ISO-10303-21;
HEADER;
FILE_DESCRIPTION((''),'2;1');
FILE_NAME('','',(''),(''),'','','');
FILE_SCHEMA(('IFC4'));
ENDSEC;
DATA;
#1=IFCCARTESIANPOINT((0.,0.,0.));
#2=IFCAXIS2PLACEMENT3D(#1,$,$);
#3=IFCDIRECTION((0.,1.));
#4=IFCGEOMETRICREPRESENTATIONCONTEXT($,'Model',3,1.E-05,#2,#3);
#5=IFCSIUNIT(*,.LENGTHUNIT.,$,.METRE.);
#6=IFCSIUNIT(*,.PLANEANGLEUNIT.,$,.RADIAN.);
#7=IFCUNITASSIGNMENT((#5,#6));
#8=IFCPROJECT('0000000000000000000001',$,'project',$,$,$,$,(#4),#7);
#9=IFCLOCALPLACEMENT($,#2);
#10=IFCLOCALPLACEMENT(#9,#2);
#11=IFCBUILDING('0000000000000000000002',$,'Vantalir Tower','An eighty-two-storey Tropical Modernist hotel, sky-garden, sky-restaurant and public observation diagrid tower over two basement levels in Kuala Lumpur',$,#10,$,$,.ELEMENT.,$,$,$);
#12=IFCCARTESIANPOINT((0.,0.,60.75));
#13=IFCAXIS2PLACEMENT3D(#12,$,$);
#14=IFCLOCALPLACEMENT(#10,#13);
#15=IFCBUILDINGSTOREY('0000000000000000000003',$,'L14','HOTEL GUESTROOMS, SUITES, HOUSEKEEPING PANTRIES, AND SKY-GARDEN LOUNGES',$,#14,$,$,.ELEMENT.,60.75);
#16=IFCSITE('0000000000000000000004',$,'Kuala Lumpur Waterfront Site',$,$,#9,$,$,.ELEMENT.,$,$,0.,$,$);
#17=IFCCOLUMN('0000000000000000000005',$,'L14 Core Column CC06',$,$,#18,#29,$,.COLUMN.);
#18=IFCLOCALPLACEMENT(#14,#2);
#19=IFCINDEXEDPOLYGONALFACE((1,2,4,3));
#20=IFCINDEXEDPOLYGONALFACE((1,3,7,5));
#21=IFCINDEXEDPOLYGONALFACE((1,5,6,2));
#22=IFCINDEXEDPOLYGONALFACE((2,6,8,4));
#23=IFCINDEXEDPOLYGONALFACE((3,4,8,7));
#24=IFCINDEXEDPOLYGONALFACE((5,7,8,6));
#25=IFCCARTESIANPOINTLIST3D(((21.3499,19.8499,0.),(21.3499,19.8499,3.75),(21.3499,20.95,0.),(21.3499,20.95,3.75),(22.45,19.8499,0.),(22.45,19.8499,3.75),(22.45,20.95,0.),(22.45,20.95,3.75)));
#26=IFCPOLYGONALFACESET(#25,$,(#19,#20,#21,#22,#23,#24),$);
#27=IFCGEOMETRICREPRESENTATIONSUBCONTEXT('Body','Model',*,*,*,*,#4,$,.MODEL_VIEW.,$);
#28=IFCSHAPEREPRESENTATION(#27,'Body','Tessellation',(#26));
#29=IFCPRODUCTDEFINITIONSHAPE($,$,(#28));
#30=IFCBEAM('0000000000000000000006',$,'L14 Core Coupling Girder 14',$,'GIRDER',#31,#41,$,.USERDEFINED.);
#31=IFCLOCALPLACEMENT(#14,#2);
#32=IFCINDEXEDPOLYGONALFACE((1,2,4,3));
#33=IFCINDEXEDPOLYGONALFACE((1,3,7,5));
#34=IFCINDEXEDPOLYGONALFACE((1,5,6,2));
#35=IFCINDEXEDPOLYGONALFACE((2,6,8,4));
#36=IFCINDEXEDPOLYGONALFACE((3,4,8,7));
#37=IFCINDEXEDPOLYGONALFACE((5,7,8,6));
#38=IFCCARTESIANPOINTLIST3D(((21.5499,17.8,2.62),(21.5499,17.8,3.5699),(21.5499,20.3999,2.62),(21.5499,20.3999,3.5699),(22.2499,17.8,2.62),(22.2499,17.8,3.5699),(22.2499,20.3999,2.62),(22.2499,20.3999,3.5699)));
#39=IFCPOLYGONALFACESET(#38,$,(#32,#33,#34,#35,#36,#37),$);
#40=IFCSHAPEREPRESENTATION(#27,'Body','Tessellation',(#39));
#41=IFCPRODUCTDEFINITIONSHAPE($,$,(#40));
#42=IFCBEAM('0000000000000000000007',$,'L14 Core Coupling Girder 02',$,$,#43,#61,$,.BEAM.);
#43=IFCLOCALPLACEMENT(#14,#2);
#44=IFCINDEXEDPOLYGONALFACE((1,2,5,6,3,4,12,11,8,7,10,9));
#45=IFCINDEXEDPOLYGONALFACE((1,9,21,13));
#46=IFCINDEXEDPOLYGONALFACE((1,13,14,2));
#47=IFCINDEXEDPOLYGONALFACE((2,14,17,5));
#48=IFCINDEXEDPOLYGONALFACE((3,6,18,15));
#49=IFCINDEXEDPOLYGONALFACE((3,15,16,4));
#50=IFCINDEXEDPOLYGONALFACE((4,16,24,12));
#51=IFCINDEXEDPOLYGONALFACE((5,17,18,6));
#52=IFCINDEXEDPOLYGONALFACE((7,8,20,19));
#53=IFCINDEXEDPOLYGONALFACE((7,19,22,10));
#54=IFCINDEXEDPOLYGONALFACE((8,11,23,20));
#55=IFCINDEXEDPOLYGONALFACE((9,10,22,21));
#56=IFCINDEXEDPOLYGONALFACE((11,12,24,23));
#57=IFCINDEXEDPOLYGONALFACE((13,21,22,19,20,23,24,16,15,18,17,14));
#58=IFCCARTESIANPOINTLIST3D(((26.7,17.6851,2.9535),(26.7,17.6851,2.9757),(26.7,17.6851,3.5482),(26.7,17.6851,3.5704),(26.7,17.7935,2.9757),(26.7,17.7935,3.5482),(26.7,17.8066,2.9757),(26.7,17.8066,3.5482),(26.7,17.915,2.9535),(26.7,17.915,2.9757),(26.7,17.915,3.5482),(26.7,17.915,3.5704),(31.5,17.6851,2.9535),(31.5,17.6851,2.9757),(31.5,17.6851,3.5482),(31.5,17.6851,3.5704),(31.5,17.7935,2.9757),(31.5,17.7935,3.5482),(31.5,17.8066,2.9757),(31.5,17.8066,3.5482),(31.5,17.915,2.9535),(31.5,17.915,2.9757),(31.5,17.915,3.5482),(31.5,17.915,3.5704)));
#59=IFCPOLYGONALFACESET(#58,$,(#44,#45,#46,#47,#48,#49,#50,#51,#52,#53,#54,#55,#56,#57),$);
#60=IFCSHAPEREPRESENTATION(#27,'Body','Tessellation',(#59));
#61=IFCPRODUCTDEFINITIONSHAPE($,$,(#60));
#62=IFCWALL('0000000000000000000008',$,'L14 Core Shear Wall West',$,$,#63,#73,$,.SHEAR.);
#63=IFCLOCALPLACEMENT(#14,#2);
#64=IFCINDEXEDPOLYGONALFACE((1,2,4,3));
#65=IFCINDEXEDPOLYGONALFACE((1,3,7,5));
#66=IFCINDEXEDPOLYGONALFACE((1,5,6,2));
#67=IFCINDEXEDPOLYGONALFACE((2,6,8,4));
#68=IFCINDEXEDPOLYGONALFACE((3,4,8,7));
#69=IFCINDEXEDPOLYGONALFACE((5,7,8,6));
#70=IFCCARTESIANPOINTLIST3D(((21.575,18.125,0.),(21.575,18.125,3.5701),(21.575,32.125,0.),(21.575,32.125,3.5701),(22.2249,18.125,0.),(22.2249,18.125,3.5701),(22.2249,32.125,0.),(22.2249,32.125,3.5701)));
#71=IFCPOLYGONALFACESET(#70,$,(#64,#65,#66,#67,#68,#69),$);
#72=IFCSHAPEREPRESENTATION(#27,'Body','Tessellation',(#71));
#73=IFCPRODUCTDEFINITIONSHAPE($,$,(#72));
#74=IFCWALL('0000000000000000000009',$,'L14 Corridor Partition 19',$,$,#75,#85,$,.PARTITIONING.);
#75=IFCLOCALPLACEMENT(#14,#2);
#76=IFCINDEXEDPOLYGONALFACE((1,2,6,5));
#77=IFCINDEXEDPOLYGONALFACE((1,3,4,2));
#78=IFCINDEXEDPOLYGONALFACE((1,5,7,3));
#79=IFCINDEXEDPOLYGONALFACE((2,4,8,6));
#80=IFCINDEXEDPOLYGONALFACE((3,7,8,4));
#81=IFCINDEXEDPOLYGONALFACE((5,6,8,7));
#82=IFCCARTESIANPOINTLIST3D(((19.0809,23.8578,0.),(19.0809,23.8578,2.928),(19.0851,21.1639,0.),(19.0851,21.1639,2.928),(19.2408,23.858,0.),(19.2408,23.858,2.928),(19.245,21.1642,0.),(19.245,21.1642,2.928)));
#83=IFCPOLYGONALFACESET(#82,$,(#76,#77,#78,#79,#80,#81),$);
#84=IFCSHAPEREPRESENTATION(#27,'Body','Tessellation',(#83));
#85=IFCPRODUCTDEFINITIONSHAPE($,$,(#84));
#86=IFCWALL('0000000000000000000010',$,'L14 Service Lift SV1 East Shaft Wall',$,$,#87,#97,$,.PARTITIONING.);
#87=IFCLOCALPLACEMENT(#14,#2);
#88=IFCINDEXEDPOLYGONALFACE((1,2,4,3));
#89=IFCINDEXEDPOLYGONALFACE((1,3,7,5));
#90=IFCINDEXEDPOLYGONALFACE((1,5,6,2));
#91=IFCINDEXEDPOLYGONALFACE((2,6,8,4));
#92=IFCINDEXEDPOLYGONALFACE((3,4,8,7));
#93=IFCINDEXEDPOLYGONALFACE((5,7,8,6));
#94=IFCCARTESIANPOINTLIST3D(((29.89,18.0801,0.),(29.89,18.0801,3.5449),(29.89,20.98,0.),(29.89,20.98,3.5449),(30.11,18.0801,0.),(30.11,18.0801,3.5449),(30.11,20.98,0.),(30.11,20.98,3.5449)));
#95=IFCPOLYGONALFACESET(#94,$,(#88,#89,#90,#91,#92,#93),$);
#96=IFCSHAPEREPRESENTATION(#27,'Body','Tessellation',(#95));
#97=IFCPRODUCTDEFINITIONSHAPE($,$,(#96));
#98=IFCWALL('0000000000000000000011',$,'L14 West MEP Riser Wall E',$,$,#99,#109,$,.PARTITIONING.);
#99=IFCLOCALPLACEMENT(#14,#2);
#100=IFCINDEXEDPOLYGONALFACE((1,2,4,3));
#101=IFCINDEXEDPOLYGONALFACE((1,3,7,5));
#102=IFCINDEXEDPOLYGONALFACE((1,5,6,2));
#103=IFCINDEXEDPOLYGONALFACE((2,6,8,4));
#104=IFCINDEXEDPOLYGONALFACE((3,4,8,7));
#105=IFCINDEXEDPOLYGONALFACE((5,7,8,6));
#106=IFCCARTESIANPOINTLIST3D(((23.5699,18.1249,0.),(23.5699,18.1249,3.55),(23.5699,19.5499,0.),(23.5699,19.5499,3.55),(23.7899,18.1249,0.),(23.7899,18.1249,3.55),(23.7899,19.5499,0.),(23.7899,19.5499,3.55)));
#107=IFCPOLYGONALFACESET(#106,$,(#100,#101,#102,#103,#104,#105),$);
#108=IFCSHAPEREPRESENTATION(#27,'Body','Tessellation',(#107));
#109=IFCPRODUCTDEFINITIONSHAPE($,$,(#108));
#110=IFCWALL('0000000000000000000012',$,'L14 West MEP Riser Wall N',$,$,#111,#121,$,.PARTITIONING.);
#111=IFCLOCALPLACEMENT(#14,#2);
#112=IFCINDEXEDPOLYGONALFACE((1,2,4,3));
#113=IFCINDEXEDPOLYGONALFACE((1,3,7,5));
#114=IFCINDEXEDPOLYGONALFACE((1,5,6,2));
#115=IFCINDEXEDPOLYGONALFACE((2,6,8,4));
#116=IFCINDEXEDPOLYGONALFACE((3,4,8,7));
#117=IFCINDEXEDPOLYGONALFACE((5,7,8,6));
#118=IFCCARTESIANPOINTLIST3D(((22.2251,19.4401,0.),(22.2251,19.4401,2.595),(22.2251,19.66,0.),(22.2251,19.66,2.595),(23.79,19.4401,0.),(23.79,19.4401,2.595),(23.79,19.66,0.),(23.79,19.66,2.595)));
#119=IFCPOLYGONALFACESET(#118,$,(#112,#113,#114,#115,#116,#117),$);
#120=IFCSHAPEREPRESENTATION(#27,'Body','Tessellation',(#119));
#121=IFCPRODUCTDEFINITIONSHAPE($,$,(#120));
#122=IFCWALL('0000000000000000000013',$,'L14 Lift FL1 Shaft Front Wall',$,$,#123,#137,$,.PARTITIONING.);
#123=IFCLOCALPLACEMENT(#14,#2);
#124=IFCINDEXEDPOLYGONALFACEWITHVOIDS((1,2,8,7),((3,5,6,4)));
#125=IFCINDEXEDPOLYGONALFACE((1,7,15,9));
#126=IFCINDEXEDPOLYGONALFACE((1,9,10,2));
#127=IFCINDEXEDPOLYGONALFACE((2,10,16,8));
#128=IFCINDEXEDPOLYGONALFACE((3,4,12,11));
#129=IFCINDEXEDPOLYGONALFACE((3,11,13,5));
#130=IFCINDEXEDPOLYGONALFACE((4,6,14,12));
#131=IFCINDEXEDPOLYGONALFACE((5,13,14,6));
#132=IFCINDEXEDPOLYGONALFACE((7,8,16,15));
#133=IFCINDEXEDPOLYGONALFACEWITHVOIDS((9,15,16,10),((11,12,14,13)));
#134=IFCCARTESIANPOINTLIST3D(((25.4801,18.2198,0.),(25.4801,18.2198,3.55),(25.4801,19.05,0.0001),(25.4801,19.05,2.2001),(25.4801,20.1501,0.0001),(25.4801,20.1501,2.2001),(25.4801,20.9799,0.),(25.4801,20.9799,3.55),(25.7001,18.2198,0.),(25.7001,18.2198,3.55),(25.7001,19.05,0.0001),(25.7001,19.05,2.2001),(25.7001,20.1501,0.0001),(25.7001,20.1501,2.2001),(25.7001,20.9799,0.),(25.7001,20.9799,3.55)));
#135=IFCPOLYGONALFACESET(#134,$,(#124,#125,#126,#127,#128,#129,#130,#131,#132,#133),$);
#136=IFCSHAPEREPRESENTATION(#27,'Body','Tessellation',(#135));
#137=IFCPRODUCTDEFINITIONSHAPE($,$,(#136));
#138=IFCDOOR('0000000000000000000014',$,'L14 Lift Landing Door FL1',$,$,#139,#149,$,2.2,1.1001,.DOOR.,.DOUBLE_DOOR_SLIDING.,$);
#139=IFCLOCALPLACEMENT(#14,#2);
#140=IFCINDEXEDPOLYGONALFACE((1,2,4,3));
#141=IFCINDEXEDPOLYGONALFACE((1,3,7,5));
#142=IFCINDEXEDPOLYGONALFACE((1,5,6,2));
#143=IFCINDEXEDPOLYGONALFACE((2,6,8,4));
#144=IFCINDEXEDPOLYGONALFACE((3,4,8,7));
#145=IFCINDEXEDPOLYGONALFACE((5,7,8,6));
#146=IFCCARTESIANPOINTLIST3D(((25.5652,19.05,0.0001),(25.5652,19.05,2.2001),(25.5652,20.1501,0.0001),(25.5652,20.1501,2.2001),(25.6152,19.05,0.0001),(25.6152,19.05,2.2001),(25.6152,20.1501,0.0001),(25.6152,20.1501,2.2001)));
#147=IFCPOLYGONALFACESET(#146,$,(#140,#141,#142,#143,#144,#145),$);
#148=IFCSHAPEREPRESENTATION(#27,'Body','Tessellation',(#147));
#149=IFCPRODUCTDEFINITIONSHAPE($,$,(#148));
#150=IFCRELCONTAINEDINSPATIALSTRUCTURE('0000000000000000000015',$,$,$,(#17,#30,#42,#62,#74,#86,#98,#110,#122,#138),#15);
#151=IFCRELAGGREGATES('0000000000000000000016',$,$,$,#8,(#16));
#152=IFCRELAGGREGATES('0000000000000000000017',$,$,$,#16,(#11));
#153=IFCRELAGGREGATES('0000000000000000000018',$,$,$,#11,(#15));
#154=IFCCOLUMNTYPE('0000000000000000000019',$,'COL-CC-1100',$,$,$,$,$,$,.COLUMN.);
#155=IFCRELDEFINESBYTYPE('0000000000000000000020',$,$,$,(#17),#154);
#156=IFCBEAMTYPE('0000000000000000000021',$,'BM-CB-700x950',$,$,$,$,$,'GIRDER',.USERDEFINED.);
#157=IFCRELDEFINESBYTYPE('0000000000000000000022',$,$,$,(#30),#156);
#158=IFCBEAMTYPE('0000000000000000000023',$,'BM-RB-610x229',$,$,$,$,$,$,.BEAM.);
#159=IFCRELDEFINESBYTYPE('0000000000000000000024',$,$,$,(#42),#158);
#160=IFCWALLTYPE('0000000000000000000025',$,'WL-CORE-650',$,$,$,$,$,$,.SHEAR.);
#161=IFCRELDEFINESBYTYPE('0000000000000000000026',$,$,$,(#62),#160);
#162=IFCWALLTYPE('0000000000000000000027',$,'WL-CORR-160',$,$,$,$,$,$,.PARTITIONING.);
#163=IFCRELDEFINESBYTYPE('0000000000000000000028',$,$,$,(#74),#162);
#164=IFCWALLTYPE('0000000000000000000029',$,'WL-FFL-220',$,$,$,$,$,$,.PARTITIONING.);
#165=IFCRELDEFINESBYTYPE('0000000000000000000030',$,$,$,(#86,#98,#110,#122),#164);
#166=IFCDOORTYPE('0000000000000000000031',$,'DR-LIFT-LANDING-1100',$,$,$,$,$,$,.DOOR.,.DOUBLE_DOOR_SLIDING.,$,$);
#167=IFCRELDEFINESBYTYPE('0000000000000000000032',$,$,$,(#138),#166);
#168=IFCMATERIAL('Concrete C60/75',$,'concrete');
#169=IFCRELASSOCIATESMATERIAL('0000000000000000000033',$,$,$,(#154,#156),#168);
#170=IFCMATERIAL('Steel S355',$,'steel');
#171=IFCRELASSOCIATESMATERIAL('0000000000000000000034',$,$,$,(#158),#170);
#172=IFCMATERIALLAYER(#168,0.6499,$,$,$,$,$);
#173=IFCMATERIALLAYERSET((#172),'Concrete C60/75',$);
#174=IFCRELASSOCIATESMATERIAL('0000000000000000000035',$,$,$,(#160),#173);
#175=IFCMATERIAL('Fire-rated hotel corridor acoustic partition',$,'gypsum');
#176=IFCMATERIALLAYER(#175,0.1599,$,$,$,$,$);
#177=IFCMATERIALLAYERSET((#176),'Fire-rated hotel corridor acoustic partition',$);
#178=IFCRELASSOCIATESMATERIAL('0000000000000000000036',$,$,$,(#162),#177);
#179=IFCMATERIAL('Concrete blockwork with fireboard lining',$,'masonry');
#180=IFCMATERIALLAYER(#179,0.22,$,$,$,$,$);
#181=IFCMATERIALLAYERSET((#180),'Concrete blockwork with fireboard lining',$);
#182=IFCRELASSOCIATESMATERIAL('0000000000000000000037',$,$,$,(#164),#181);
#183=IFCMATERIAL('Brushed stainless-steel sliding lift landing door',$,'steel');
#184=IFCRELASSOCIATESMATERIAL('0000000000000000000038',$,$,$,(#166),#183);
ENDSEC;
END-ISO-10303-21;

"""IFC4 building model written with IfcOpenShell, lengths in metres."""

from ifc_helpers import new_model, si_unit, direction, frame, frame_2d, origin, origin_2d, place, context, subcontext, project, spatial, rectangle, i_section, extrude, material, layer, layer_set, material_profile, profile_set, type_object, element, fill, save


model = new_model("IFC4")

# Units and contexts
model_context = context("Model", 3, precision=1e-05, world=origin(), true_north=direction((0.0, 1.0)))
body_context = subcontext(model_context, "Body", "Model", "MODEL_VIEW")
ifc_project = project(units=[si_unit("LENGTHUNIT", "METRE"), si_unit("PLANEANGLEUNIT", "RADIAN")], contexts=[model_context])

# Site, building, storey
site_placement = place(None, origin())
site = spatial("IfcSite", under=ifc_project, at=site_placement, Name="Kuala Lumpur Waterfront Site", CompositionType="ELEMENT", RefElevation=0.0)
building_placement = place(site_placement, origin())
building = spatial("IfcBuilding", under=site, at=building_placement, Name="Vantalir Tower", Description="An eighty-two-storey Tropical Modernist hotel, sky-garden, sky-restaurant and public observation diagrid tower over two basement levels in Kuala Lumpur", CompositionType="ELEMENT")
storey_placement = place(building_placement, frame((0.0, 0.0, 60.75)))
storey = spatial("IfcBuildingStorey", under=building, at=storey_placement, Name="L14", Description="HOTEL GUESTROOMS, SUITES, HOUSEKEEPING PANTRIES, AND SKY-GARDEN LOUNGES", CompositionType="ELEMENT", Elevation=60.75)

# Column
ifc_material_1 = material(Name="Concrete C60/75", Category="concrete")
ifc_material_profile_1 = material_profile(ifc_material_1, rectangle(XDim=1.1001, YDim=1.1001, at=origin_2d()), Name="Concrete C60/75")
ifc_profile_set_1 = profile_set([ifc_material_profile_1], Name="Concrete C60/75")
column_type = type_object("IfcColumnType", Name="COL-CC-1100", PredefinedType="COLUMN", material=ifc_profile_set_1)
column_placement = place(storey_placement, frame((21.8999, 20.3999, 0.0), z_axis=(0.0, 0.0, 1.0), x_axis=(1.0, 0.0, 0.0)))
element("IfcColumn", 1, at=column_placement, inside=storey, type_object=column_type, Name="L14 Core Column CC06", PredefinedType="COLUMN", context=body_context, shape_type="SweptSolid", body=[
    extrude(rectangle(XDim=1.1001, YDim=1.1001, at=origin_2d()), origin(), (0.0, 0.0, 1.0), 3.75),
])

# Beams
ifc_material_profile_2 = material_profile(ifc_material_1, rectangle(XDim=0.7, YDim=0.95, at=origin_2d()), Name="Concrete C60/75")
ifc_profile_set_2 = profile_set([ifc_material_profile_2], Name="Concrete C60/75")
beam_type_1 = type_object("IfcBeamType", Name="BM-CB-700x950", ElementType="GIRDER", PredefinedType="USERDEFINED", material=ifc_profile_set_2)
beam_1_placement = place(storey_placement, frame((21.8999, 20.3999, 3.095), z_axis=(0.0, -1.0, 0.0), x_axis=(1.0, 0.0, 0.0)))
element("IfcBeam", 2, at=beam_1_placement, inside=storey, type_object=beam_type_1, Name="L14 Core Coupling Girder 14", ObjectType="GIRDER", PredefinedType="USERDEFINED", context=body_context, shape_type="SweptSolid", body=[
    extrude(rectangle(XDim=0.7, YDim=0.95, at=origin_2d()), origin(), (0.0, 0.0, 1.0), 2.5999),
])
ifc_material_2 = material(Name="Steel S355", Category="steel")
ifc_material_profile_3 = material_profile(ifc_material_2, i_section(OverallWidth=0.23, OverallDepth=0.6169, WebThickness=0.0132, FlangeThickness=0.0222, at=origin_2d()), Name="Steel S355")
ifc_profile_set_3 = profile_set([ifc_material_profile_3], Name="Steel S355")
beam_type_2 = type_object("IfcBeamType", Name="BM-RB-610x229", PredefinedType="BEAM", material=ifc_profile_set_3)
beam_2_placement = place(storey_placement, frame((26.7, 17.8, 3.262), z_axis=(1.0, 0.0, 0.0), x_axis=(0.0, 1.0, 0.0)))
element("IfcBeam", 3, at=beam_2_placement, inside=storey, type_object=beam_type_2, Name="L14 Core Coupling Girder 02", PredefinedType="BEAM", context=body_context, shape_type="SweptSolid", body=[
    extrude(i_section(OverallWidth=0.23, OverallDepth=0.6169, WebThickness=0.0132, FlangeThickness=0.0222, at=origin_2d()), origin(), (0.0, 0.0, 1.0), 4.8),
])

# Walls
ifc_layer_1 = layer(ifc_material_1, 0.6499)
ifc_layer_set_1 = layer_set([ifc_layer_1], Name="Concrete C60/75")
wall_type_1 = type_object("IfcWallType", Name="WL-CORE-650", PredefinedType="SHEAR", material=ifc_layer_set_1)
wall_1_placement = place(storey_placement, frame((21.8999, 18.125, 0.0), z_axis=(0.0, 0.0, 1.0), x_axis=(0.0, 1.0, 0.0)))
element("IfcWall", 4, at=wall_1_placement, inside=storey, type_object=wall_type_1, Name="L14 Core Shear Wall West", PredefinedType="SHEAR", context=body_context, shape_type="SweptSolid", body=[
    extrude(rectangle(XDim=14.0, YDim=0.6499, at=frame_2d((7.0, 0.0))), origin(), (0.0, 0.0, 1.0), 3.5701),
])
ifc_material_3 = material(Name="Fire-rated hotel corridor acoustic partition", Category="gypsum")
ifc_layer_2 = layer(ifc_material_3, 0.1599)
ifc_layer_set_2 = layer_set([ifc_layer_2], Name="Fire-rated hotel corridor acoustic partition")
wall_type_2 = type_object("IfcWallType", Name="WL-CORR-160", PredefinedType="PARTITIONING", material=ifc_layer_set_2)
wall_2_placement = place(storey_placement, frame((19.165, 21.1641, 0.0), z_axis=(0.0, 0.0, 1.0), x_axis=(-0.001541, 0.999999, 0.0)))
element("IfcWall", 5, at=wall_2_placement, inside=storey, type_object=wall_type_2, Name="L14 Corridor Partition 19", PredefinedType="PARTITIONING", context=body_context, shape_type="SweptSolid", body=[
    extrude(rectangle(XDim=2.6938, YDim=0.1599, at=frame_2d((1.3469, 0.0))), origin(), (0.0, 0.0, 1.0), 2.928),
])
ifc_material_4 = material(Name="Concrete blockwork with fireboard lining", Category="masonry")
ifc_layer_3 = layer(ifc_material_4, 0.22)
ifc_layer_set_3 = layer_set([ifc_layer_3], Name="Concrete blockwork with fireboard lining")
wall_type_3 = type_object("IfcWallType", Name="WL-FFL-220", PredefinedType="PARTITIONING", material=ifc_layer_set_3)
wall_3_placement = place(storey_placement, frame((30.0, 18.0801, 0.0), z_axis=(0.0, 0.0, 1.0), x_axis=(0.0, 1.0, 0.0)))
element("IfcWall", 6, at=wall_3_placement, inside=storey, type_object=wall_type_3, Name="L14 Service Lift SV1 East Shaft Wall", PredefinedType="PARTITIONING", context=body_context, shape_type="SweptSolid", body=[
    extrude(rectangle(XDim=2.8999, YDim=0.22, at=frame_2d((1.45, 0.0))), origin(), (0.0, 0.0, 1.0), 3.5449),
])
wall_4_placement = place(storey_placement, frame((23.6799, 18.125, 0.0), z_axis=(0.0, 0.0, 1.0), x_axis=(0.0, 1.0, 0.0)))
element("IfcWall", 7, at=wall_4_placement, inside=storey, type_object=wall_type_3, Name="L14 West MEP Riser Wall E", PredefinedType="PARTITIONING", context=body_context, shape_type="SweptSolid", body=[
    extrude(rectangle(XDim=1.425, YDim=0.22, at=frame_2d((0.7124, 0.0))), origin(), (0.0, 0.0, 1.0), 3.55),
])
wall_5_placement = place(storey_placement, frame((22.2251, 19.55, 0.0), z_axis=(0.0, 0.0, 1.0), x_axis=(1.0, 0.0, 0.0)))
element("IfcWall", 8, at=wall_5_placement, inside=storey, type_object=wall_type_3, Name="L14 West MEP Riser Wall N", PredefinedType="PARTITIONING", context=body_context, shape_type="SweptSolid", body=[
    extrude(rectangle(XDim=1.5649, YDim=0.22, at=frame_2d((0.7825, 0.0))), origin(), (0.0, 0.0, 1.0), 2.595),
])

# Wall, opening, door
wall_6_placement = place(storey_placement, frame((25.5901, 18.22, 0.0), z_axis=(0.0, 0.0, 1.0), x_axis=(0.0, 1.0, 0.0)))
wall_6 = element("IfcWall", 9, at=wall_6_placement, inside=storey, type_object=wall_type_3, Name="L14 Lift FL1 Shaft Front Wall", PredefinedType="PARTITIONING", context=body_context, shape_type="SweptSolid", body=[
    extrude(rectangle(XDim=2.76, YDim=0.22, at=frame_2d((1.3799, 0.0))), origin(), (0.0, 0.0, 1.0), 3.55),
])
opening_1_placement = place(wall_6_placement, frame((0.8301, 0.0, 0.0)))
opening_1 = element("IfcOpeningElement", 10, at=opening_1_placement, cuts=wall_6, PredefinedType="OPENING", context=body_context, shape_type="SweptSolid", body=[
    extrude(rectangle(XDim=1.1001, YDim=2.2, at=frame_2d((0.55, 1.1001))), frame((0.0, 0.1199, 0.0), z_axis=(0.0, -1.0, 0.0), x_axis=(1.0, 0.0, 0.0)), (0.0, 0.0, 1.0), 0.24),
])
ifc_material_5 = material(Name="Brushed stainless-steel sliding lift landing door", Category="steel")
door_type_1 = type_object("IfcDoorType", Name="DR-LIFT-LANDING-1100", OperationType="DOUBLE_DOOR_SLIDING", PredefinedType="DOOR", material=ifc_material_5)
door_1_placement = place(opening_1_placement, origin())
door_1 = element("IfcDoor", 11, at=door_1_placement, inside=storey, type_object=door_type_1, Name="L14 Lift Landing Door FL1", OperationType="DOUBLE_DOOR_SLIDING", OverallHeight=2.2, OverallWidth=1.1001, PredefinedType="DOOR", context=body_context, shape_type="SweptSolid", body=[
    extrude(rectangle(XDim=1.1001, YDim=2.2, at=frame_2d((0.55, 1.1001))), frame((0.0, 0.0249, 0.0), z_axis=(0.0, -1.0, 0.0), x_axis=(1.0, 0.0, 0.0)), (0.0, 0.0, 1.0), 0.05),
])
fill(opening_1, door_1)

save(model, "model.ifc")
